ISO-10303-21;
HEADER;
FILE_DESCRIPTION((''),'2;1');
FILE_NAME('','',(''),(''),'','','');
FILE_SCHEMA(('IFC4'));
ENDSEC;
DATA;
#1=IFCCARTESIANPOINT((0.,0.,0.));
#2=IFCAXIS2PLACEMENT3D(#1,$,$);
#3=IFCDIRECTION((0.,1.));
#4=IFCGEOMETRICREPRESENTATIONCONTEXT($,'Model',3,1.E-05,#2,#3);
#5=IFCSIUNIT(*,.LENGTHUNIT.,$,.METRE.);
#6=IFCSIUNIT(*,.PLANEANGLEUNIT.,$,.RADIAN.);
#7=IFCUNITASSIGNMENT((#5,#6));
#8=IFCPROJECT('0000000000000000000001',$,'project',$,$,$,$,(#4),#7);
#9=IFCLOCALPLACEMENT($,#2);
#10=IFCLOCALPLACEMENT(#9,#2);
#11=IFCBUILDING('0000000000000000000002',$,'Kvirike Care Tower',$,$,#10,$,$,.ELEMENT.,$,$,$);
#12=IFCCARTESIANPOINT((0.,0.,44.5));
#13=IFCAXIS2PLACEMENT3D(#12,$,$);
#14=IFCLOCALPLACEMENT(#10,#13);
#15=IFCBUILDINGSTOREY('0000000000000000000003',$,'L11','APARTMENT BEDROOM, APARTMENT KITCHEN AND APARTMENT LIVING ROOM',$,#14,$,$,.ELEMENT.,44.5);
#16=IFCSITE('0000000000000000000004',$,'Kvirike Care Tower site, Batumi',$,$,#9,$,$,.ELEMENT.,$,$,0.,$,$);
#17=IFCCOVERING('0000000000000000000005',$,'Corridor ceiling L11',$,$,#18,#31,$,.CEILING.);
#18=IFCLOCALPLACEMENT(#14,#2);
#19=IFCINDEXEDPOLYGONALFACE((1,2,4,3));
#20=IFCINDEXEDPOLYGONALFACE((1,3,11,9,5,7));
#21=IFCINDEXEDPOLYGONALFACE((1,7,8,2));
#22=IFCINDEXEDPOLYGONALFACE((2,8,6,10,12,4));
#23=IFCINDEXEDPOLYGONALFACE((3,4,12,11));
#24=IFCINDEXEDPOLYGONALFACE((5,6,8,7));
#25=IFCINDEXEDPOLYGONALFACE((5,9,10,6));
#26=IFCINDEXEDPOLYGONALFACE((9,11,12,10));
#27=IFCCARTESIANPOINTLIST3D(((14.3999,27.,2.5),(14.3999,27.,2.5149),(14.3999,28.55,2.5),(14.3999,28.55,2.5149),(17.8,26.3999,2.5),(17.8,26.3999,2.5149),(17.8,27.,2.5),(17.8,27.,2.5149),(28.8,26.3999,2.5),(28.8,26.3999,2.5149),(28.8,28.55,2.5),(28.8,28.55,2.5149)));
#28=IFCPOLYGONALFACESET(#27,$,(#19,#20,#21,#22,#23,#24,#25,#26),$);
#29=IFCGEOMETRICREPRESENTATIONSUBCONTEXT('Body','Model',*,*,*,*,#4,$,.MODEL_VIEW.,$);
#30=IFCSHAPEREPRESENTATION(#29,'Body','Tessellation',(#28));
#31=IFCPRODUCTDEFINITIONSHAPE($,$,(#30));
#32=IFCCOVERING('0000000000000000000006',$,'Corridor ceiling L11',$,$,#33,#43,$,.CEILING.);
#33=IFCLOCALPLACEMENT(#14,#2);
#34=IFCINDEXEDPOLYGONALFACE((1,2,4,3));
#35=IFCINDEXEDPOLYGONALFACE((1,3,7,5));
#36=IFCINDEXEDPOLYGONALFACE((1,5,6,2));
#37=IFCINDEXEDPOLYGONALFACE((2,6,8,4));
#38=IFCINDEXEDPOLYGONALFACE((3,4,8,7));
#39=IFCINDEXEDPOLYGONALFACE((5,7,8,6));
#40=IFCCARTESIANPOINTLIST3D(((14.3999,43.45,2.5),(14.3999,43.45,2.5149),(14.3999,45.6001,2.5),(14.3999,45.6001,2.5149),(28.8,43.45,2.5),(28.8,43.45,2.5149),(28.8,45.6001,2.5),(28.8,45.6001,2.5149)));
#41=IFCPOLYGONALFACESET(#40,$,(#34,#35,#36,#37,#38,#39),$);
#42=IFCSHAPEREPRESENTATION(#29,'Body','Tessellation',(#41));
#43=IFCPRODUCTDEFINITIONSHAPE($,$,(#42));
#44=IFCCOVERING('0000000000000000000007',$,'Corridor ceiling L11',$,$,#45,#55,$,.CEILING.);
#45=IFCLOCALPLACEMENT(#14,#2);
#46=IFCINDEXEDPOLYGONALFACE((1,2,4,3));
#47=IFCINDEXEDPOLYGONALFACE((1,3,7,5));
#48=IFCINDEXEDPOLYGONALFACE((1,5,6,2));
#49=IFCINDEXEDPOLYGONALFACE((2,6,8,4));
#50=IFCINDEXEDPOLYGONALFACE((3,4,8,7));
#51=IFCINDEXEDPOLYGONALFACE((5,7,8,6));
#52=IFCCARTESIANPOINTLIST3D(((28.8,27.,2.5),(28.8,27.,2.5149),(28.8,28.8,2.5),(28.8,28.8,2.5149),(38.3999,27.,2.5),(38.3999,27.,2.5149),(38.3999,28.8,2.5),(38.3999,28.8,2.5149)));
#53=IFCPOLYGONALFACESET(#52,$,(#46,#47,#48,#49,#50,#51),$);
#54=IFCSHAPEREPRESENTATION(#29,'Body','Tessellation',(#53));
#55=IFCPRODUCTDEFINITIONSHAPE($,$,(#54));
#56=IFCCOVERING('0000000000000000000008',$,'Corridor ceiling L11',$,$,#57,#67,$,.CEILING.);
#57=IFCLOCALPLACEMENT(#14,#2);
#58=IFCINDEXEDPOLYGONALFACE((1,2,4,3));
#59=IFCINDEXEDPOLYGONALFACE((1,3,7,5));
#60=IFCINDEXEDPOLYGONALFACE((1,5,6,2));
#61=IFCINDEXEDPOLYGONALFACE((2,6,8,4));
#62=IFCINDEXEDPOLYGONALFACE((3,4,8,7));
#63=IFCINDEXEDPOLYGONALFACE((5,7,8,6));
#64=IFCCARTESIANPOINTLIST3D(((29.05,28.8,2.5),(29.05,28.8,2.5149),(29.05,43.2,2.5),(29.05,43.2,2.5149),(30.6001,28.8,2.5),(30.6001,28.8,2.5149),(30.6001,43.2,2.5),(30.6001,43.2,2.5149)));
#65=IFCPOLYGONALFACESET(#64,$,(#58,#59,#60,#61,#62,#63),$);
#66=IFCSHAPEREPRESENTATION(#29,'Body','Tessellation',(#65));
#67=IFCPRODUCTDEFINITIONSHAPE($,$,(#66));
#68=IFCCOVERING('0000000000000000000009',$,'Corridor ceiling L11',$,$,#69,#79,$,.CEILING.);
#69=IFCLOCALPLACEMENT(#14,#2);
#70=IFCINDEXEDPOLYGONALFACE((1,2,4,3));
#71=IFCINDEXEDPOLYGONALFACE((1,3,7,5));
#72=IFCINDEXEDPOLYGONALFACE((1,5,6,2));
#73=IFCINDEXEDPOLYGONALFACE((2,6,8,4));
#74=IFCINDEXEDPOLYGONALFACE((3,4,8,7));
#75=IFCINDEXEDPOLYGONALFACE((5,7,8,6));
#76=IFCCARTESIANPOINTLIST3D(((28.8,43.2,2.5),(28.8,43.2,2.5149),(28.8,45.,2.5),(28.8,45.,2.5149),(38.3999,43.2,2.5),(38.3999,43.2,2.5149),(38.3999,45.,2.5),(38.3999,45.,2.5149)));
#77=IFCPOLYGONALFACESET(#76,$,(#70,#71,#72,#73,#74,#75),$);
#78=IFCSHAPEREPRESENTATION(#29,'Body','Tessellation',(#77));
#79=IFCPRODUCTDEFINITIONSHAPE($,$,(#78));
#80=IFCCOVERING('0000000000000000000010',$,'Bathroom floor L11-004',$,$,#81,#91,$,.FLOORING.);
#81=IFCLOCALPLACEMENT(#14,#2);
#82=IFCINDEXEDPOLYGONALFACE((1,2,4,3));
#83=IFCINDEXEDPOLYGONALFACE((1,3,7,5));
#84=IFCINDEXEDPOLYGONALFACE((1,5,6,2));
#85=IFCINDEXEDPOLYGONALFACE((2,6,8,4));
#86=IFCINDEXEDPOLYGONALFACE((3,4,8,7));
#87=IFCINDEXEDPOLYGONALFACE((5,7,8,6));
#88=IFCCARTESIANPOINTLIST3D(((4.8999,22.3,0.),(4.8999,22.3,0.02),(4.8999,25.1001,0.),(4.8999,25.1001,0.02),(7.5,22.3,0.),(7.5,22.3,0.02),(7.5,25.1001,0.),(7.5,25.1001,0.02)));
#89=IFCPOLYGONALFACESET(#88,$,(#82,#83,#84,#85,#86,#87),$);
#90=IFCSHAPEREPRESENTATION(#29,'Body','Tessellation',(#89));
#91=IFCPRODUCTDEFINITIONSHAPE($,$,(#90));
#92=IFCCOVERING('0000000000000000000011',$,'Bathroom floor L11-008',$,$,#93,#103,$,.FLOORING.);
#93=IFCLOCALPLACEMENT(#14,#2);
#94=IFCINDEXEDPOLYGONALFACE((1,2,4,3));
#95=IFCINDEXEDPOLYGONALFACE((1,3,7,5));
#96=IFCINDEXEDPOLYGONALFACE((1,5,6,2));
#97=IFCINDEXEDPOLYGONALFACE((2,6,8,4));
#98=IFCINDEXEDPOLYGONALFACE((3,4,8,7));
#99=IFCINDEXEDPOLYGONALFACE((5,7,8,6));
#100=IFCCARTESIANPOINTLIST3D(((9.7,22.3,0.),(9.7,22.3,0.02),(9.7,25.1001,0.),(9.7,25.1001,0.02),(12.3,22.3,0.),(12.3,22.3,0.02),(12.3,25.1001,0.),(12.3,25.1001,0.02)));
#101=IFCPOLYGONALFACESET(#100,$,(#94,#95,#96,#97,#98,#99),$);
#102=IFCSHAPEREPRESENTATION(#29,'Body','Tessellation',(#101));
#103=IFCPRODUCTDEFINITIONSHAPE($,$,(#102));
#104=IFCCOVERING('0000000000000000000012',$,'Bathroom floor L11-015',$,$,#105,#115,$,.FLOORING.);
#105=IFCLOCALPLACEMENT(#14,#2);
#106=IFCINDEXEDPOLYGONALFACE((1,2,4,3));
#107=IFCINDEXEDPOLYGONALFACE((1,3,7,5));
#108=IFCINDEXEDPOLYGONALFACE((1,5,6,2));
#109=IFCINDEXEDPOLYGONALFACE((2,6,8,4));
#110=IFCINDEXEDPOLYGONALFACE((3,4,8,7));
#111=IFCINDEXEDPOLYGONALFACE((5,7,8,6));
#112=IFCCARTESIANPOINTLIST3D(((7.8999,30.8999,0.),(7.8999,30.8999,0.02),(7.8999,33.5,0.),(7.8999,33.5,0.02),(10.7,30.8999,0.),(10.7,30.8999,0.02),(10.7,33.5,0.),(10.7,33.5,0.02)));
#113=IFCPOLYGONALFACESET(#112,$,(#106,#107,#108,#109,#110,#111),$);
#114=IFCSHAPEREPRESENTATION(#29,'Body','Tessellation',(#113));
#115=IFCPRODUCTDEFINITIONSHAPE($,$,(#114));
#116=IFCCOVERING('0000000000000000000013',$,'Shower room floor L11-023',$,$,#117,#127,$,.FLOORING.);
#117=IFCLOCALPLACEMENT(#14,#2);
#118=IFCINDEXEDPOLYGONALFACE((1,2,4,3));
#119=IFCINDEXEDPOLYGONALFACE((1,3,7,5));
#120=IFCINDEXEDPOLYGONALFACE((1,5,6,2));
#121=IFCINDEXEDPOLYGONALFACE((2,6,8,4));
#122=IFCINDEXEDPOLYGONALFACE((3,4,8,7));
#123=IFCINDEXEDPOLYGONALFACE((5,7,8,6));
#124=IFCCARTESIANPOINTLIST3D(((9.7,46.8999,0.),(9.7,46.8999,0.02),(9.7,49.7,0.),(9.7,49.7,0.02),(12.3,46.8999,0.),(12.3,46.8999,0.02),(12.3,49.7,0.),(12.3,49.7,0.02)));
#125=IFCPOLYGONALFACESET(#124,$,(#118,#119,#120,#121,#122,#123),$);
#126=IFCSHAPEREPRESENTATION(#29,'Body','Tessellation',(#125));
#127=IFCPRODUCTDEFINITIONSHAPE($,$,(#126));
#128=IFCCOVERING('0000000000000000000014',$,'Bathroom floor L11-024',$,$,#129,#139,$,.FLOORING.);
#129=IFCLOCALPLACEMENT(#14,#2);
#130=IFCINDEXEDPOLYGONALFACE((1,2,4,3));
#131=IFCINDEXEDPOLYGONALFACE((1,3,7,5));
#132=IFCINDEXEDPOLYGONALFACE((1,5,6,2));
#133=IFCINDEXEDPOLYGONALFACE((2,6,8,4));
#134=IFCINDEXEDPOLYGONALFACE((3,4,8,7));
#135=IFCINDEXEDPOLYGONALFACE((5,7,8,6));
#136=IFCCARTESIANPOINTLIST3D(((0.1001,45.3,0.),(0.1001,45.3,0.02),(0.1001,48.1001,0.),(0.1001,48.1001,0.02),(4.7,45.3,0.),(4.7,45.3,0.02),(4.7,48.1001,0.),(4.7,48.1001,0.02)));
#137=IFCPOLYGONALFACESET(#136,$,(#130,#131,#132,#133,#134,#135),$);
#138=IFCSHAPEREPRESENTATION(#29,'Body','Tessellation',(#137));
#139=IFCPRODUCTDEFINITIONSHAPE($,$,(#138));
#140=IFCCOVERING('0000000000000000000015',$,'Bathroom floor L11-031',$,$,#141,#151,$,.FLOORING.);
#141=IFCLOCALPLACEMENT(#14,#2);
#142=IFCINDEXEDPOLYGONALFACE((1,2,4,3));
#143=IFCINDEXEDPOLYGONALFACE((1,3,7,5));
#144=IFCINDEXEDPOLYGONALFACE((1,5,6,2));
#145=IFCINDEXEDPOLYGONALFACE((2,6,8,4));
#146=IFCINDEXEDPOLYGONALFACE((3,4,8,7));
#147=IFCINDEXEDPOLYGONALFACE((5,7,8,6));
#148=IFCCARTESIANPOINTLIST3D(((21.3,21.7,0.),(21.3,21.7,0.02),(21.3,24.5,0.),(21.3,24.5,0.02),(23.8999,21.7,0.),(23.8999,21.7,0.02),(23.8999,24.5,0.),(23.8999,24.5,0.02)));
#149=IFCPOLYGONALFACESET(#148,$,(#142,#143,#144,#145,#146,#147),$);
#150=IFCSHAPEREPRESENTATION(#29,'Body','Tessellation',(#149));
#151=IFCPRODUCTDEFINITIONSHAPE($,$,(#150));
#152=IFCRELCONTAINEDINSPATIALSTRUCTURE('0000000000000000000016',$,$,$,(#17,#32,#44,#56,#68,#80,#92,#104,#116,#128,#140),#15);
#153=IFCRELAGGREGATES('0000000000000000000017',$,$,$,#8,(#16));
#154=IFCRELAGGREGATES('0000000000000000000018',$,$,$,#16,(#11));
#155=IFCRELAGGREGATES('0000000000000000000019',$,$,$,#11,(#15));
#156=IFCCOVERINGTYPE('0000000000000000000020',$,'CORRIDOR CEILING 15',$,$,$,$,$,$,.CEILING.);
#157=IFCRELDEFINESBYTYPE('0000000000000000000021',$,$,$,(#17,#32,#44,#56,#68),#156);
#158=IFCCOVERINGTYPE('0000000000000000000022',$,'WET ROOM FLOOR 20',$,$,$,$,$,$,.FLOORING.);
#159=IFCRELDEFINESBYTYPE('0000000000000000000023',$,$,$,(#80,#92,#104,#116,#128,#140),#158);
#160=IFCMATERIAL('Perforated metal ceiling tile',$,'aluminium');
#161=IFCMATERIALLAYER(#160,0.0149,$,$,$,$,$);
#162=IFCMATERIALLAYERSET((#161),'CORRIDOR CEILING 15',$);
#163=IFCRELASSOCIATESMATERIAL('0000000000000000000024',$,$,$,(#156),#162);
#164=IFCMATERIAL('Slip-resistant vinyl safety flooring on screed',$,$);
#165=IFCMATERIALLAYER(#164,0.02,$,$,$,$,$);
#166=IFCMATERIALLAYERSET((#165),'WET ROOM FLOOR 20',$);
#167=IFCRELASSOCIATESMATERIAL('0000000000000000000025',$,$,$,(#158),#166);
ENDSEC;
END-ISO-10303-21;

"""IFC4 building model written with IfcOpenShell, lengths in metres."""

from ifc_helpers import new_model, si_unit, direction, frame, origin, place, context, subcontext, project, spatial, polyline, outline, extrude, material, layer, layer_set, type_object, element, save


model = new_model("IFC4")

# Units and contexts
model_context = context("Model", 3, precision=1e-05, world=origin(), true_north=direction((0.0, 1.0)))
body_context = subcontext(model_context, "Body", "Model", "MODEL_VIEW")
ifc_project = project(units=[si_unit("LENGTHUNIT", "METRE"), si_unit("PLANEANGLEUNIT", "RADIAN")], contexts=[model_context])

# Site, building, storey
site_placement = place(None, origin())
site = spatial("IfcSite", under=ifc_project, at=site_placement, Name="Kvirike Care Tower site, Batumi", CompositionType="ELEMENT", RefElevation=0.0)
building_placement = place(site_placement, origin())
building = spatial("IfcBuilding", under=site, at=building_placement, Name="Kvirike Care Tower", CompositionType="ELEMENT")
storey_placement = place(building_placement, frame((0.0, 0.0, 44.5)))
storey = spatial("IfcBuildingStorey", under=building, at=storey_placement, Name="L11", Description="APARTMENT BEDROOM, APARTMENT KITCHEN AND APARTMENT LIVING ROOM", CompositionType="ELEMENT", Elevation=44.5)

# Coverings
ifc_material_1 = material(Name="Perforated metal ceiling tile", Category="aluminium")
ifc_layer_1 = layer(ifc_material_1, 0.0149)
ifc_layer_set_1 = layer_set([ifc_layer_1], Name="CORRIDOR CEILING 15")
covering_type_1 = type_object("IfcCoveringType", Name="CORRIDOR CEILING 15", PredefinedType="CEILING", material=ifc_layer_set_1)
covering_1_placement = place(storey_placement, frame((0.0, 0.0, 2.5)))
element("IfcCovering", 1, at=covering_1_placement, inside=storey, type_object=covering_type_1, Name="Corridor ceiling L11", PredefinedType="CEILING", context=body_context, shape_type="SweptSolid", body=[
    extrude(outline(polyline([(14.3999, 28.55), (28.8, 28.55), (28.8, 26.3999), (17.8, 26.3999), (17.8, 27.0), (14.3999, 27.0), (14.3999, 28.55)])), origin(), (0.0, 0.0, 1.0), 0.0149),
])
covering_2_placement = place(storey_placement, frame((0.0, 0.0, 2.5)))
element("IfcCovering", 2, at=covering_2_placement, inside=storey, type_object=covering_type_1, Name="Corridor ceiling L11", PredefinedType="CEILING", context=body_context, shape_type="SweptSolid", body=[
    extrude(outline(polyline([(28.8, 45.6001), (28.8, 43.45), (14.3999, 43.45), (14.3999, 45.6001), (28.8, 45.6001)])), origin(), (0.0, 0.0, 1.0), 0.0149),
])
covering_3_placement = place(storey_placement, frame((0.0, 0.0, 2.5)))
element("IfcCovering", 3, at=covering_3_placement, inside=storey, type_object=covering_type_1, Name="Corridor ceiling L11", PredefinedType="CEILING", context=body_context, shape_type="SweptSolid", body=[
    extrude(outline(polyline([(28.8, 27.0), (28.8, 28.8), (38.3999, 28.8), (38.3999, 27.0), (28.8, 27.0)])), origin(), (0.0, 0.0, 1.0), 0.0149),
])
covering_4_placement = place(storey_placement, frame((0.0, 0.0, 2.5)))
element("IfcCovering", 4, at=covering_4_placement, inside=storey, type_object=covering_type_1, Name="Corridor ceiling L11", PredefinedType="CEILING", context=body_context, shape_type="SweptSolid", body=[
    extrude(outline(polyline([(30.6001, 28.8), (29.05, 28.8), (29.05, 43.2), (30.6001, 43.2), (30.6001, 28.8)])), origin(), (0.0, 0.0, 1.0), 0.0149),
])
covering_5_placement = place(storey_placement, frame((0.0, 0.0, 2.5)))
element("IfcCovering", 5, at=covering_5_placement, inside=storey, type_object=covering_type_1, Name="Corridor ceiling L11", PredefinedType="CEILING", context=body_context, shape_type="SweptSolid", body=[
    extrude(outline(polyline([(38.3999, 45.0), (38.3999, 43.2), (28.8, 43.2), (28.8, 45.0), (38.3999, 45.0)])), origin(), (0.0, 0.0, 1.0), 0.0149),
])
ifc_material_2 = material(Name="Slip-resistant vinyl safety flooring on screed")
ifc_layer_2 = layer(ifc_material_2, 0.02)
ifc_layer_set_2 = layer_set([ifc_layer_2], Name="WET ROOM FLOOR 20")
covering_type_2 = type_object("IfcCoveringType", Name="WET ROOM FLOOR 20", PredefinedType="FLOORING", material=ifc_layer_set_2)
covering_6_placement = place(storey_placement, origin())
element("IfcCovering", 6, at=covering_6_placement, inside=storey, type_object=covering_type_2, Name="Bathroom floor L11-004", PredefinedType="FLOORING", context=body_context, shape_type="SweptSolid", body=[
    extrude(outline(polyline([(4.8999, 22.3), (4.8999, 25.1001), (7.5, 25.1001), (7.5, 22.3), (4.8999, 22.3)])), origin(), (0.0, 0.0, 1.0), 0.02),
])
covering_7_placement = place(storey_placement, origin())
element("IfcCovering", 7, at=covering_7_placement, inside=storey, type_object=covering_type_2, Name="Bathroom floor L11-008", PredefinedType="FLOORING", context=body_context, shape_type="SweptSolid", body=[
    extrude(outline(polyline([(9.7, 22.3), (9.7, 25.1001), (12.3, 25.1001), (12.3, 22.3), (9.7, 22.3)])), origin(), (0.0, 0.0, 1.0), 0.02),
])
covering_8_placement = place(storey_placement, origin())
element("IfcCovering", 8, at=covering_8_placement, inside=storey, type_object=covering_type_2, Name="Bathroom floor L11-015", PredefinedType="FLOORING", context=body_context, shape_type="SweptSolid", body=[
    extrude(outline(polyline([(7.8999, 33.5), (10.7, 33.5), (10.7, 30.8999), (7.8999, 30.8999), (7.8999, 33.5)])), origin(), (0.0, 0.0, 1.0), 0.02),
])
covering_9_placement = place(storey_placement, origin())
element("IfcCovering", 9, at=covering_9_placement, inside=storey, type_object=covering_type_2, Name="Shower room floor L11-023", PredefinedType="FLOORING", context=body_context, shape_type="SweptSolid", body=[
    extrude(outline(polyline([(12.3, 49.7), (12.3, 46.8999), (9.7, 46.8999), (9.7, 49.7), (12.3, 49.7)])), origin(), (0.0, 0.0, 1.0), 0.02),
])
covering_10_placement = place(storey_placement, origin())
element("IfcCovering", 10, at=covering_10_placement, inside=storey, type_object=covering_type_2, Name="Bathroom floor L11-024", PredefinedType="FLOORING", context=body_context, shape_type="SweptSolid", body=[
    extrude(outline(polyline([(4.7, 48.1001), (4.7, 45.3), (0.1001, 45.3), (0.1001, 48.1001), (4.7, 48.1001)])), origin(), (0.0, 0.0, 1.0), 0.02),
])
covering_11_placement = place(storey_placement, origin())
element("IfcCovering", 11, at=covering_11_placement, inside=storey, type_object=covering_type_2, Name="Bathroom floor L11-031", PredefinedType="FLOORING", context=body_context, shape_type="SweptSolid", body=[
    extrude(outline(polyline([(21.3, 21.7), (21.3, 24.5), (23.8999, 24.5), (23.8999, 21.7), (21.3, 21.7)])), origin(), (0.0, 0.0, 1.0), 0.02),
])

save(model, "model.ifc")
